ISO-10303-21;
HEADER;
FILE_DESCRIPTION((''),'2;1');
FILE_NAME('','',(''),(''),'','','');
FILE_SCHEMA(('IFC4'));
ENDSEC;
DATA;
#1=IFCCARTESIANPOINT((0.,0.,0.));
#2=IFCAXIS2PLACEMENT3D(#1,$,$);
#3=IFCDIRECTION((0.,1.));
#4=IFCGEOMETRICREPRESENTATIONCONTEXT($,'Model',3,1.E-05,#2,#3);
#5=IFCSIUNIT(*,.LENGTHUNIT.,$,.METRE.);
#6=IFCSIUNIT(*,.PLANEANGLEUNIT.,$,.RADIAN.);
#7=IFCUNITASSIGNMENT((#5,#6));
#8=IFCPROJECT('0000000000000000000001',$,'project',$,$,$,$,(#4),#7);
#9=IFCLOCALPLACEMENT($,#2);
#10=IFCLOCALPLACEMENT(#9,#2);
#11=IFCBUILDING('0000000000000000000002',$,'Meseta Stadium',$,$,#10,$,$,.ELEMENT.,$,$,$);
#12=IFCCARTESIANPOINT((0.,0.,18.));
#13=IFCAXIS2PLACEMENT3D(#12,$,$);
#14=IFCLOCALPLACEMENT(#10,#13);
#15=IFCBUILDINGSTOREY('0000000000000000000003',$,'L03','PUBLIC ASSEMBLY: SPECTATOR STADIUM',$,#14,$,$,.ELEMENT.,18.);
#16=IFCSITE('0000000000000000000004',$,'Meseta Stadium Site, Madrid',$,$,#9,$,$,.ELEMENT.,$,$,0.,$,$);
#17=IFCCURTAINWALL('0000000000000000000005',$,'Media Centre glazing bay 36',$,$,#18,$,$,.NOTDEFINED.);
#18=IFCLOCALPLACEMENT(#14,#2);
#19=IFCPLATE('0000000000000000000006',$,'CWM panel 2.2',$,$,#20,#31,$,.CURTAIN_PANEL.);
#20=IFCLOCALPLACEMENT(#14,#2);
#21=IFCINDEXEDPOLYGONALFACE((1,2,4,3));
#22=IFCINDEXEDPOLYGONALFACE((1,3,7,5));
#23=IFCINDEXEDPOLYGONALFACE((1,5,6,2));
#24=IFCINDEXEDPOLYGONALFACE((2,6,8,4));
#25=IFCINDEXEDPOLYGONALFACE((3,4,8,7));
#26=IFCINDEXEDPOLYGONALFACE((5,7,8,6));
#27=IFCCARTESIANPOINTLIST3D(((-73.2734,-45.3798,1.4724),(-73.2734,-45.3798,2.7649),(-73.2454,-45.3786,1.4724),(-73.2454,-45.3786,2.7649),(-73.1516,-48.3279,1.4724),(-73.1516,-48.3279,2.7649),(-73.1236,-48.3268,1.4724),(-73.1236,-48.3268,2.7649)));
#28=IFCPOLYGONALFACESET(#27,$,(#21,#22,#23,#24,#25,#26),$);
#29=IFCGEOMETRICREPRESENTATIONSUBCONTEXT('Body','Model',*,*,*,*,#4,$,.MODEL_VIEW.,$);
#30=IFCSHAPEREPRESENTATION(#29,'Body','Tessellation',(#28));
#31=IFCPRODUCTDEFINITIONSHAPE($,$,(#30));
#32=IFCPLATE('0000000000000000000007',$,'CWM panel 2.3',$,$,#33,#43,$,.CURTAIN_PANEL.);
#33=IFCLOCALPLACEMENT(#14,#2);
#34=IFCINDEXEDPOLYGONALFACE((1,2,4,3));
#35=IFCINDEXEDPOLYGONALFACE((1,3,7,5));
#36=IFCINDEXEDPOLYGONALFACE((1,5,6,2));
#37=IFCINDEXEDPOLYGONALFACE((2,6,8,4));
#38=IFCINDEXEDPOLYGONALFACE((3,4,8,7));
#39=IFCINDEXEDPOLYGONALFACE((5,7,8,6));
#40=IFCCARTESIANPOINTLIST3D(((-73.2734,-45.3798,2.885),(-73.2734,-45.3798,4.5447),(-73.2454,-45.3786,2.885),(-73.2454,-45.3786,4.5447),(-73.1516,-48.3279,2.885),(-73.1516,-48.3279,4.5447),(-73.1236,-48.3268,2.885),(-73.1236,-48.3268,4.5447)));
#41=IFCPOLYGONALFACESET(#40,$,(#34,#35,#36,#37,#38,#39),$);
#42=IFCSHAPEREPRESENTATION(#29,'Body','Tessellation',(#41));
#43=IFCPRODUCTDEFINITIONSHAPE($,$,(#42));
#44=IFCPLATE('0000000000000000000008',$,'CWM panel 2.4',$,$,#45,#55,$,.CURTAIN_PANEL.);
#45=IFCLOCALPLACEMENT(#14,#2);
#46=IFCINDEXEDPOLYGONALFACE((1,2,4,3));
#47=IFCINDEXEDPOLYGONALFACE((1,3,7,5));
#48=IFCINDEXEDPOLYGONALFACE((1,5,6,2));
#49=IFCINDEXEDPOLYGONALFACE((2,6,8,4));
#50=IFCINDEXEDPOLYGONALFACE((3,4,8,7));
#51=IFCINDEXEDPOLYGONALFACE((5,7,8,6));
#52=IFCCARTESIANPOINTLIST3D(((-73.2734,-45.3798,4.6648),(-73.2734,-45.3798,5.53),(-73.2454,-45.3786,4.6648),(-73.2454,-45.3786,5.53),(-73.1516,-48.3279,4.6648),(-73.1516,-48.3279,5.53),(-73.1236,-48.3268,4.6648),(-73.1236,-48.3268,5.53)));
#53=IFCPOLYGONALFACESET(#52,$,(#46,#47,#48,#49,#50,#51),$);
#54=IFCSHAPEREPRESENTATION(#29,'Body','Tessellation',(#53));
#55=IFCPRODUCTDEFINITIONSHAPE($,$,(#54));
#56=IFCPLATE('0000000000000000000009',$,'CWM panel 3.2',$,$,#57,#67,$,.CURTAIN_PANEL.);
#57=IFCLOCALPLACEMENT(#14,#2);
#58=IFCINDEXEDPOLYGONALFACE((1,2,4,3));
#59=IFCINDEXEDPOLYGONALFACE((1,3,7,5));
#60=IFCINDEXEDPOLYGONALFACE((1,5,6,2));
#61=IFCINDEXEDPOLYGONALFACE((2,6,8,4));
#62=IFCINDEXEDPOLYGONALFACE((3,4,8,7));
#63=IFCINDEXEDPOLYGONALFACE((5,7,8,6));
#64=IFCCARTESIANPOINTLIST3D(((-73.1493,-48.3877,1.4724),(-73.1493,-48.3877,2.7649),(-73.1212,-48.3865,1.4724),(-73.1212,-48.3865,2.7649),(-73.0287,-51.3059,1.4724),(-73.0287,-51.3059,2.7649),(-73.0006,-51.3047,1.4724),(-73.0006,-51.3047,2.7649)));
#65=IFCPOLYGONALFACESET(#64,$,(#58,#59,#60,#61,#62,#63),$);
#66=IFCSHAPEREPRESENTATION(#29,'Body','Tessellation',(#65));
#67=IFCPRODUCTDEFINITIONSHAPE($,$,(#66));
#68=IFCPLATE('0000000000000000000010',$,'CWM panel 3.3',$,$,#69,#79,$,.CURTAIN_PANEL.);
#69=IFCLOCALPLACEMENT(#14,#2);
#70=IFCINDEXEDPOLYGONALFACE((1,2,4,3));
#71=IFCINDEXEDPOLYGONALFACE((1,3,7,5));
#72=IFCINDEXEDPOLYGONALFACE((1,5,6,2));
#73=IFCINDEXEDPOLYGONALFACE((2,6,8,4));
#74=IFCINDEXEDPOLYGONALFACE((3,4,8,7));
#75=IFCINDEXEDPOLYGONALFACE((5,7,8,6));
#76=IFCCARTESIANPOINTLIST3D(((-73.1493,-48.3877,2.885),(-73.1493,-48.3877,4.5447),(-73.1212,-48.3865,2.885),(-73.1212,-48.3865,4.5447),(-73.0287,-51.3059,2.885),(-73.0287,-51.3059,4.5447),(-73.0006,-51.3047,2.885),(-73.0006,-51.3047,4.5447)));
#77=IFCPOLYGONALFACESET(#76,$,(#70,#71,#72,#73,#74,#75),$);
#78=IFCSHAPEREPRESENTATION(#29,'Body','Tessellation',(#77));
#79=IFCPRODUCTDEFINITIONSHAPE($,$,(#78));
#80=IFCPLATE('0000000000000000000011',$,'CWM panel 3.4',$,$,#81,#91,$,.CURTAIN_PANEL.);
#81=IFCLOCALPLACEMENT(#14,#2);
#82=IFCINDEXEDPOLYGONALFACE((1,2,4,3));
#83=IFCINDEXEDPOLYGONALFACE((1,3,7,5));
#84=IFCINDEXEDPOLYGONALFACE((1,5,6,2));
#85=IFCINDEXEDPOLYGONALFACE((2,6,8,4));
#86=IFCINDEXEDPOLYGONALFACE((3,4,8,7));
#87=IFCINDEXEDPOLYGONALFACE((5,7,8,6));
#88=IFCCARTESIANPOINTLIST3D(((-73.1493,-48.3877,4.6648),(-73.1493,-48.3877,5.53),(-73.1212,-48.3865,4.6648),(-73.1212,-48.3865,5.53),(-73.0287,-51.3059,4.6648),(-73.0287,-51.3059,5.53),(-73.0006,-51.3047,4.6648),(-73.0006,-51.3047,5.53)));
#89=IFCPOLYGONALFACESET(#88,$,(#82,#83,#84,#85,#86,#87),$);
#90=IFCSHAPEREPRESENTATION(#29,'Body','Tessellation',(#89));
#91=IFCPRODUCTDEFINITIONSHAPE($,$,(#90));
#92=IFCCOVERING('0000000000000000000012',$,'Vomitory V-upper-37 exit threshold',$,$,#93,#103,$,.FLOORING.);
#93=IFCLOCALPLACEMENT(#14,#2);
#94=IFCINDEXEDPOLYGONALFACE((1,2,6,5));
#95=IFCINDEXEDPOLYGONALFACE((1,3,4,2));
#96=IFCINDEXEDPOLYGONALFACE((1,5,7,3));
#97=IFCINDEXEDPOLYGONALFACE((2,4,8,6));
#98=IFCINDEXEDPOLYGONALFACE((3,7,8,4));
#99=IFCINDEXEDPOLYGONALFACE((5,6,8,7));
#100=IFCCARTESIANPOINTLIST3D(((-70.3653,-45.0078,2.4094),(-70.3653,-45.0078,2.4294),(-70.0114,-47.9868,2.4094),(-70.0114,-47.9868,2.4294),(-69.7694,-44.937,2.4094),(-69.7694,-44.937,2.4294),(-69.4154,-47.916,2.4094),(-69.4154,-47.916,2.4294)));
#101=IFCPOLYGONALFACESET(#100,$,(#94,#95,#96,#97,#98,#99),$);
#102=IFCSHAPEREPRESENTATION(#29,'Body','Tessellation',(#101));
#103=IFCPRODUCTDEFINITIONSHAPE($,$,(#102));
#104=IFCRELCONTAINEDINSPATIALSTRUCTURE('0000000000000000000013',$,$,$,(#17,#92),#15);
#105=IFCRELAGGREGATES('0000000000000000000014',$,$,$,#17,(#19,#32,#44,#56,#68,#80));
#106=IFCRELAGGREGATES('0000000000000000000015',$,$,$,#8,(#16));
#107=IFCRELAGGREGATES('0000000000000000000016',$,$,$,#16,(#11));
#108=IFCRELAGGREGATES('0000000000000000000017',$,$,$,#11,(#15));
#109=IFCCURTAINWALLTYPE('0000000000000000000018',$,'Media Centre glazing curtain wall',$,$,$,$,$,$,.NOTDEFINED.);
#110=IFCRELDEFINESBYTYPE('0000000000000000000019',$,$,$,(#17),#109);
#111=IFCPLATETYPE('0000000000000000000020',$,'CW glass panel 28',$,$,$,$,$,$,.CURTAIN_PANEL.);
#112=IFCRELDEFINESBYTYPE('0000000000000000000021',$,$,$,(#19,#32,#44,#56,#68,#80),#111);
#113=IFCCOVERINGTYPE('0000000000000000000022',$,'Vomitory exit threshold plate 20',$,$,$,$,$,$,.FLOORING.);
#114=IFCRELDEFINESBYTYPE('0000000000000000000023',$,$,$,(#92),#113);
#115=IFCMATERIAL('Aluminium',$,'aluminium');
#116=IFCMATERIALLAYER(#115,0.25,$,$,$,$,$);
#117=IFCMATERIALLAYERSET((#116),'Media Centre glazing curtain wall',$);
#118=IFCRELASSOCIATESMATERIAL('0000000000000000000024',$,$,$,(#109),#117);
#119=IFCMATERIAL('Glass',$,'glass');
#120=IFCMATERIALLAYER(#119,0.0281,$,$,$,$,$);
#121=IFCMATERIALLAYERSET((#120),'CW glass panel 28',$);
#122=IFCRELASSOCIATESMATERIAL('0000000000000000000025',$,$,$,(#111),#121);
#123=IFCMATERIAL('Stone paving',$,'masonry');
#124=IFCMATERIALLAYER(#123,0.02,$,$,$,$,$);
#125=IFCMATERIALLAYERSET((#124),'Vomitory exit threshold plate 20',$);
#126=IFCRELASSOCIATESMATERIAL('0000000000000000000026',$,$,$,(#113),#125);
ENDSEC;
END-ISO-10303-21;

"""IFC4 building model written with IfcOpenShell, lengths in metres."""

from ifc_helpers import new_model, si_unit, direction, frame, origin, origin_2d, place, context, subcontext, project, spatial, rectangle, extrude, material, layer, layer_set, type_object, element, aggregate, save


model = new_model("IFC4")

# Units and contexts
model_context = context("Model", 3, precision=1e-05, world=origin(), true_north=direction((0.0, 1.0)))
body_context = subcontext(model_context, "Body", "Model", "MODEL_VIEW")
ifc_project = project(units=[si_unit("LENGTHUNIT", "METRE"), si_unit("PLANEANGLEUNIT", "RADIAN")], contexts=[model_context])

# Site, building, storey
site_placement = place(None, origin())
site = spatial("IfcSite", under=ifc_project, at=site_placement, Name="Meseta Stadium Site, Madrid", CompositionType="ELEMENT", RefElevation=0.0)
building_placement = place(site_placement, origin())
building = spatial("IfcBuilding", under=site, at=building_placement, Name="Meseta Stadium", CompositionType="ELEMENT")
storey_placement = place(building_placement, frame((0.0, 0.0, 18.0)))
storey = spatial("IfcBuildingStorey", under=building, at=storey_placement, Name="L03", Description="PUBLIC ASSEMBLY: SPECTATOR STADIUM", CompositionType="ELEMENT", Elevation=18.0)

# Curtain wall, plates
ifc_material_1 = material(Name="Aluminium", Category="aluminium")
ifc_layer_1 = layer(ifc_material_1, 0.25)
ifc_layer_set_1 = layer_set([ifc_layer_1], Name="Media Centre glazing curtain wall")
curtain_wall_type = type_object("IfcCurtainWallType", Name="Media Centre glazing curtain wall", PredefinedType="NOTDEFINED", material=ifc_layer_set_1)
curtain_wall_placement = place(storey_placement, origin())
curtain_wall = element("IfcCurtainWall", 1, at=curtain_wall_placement, inside=storey, type_object=curtain_wall_type, Name="Media Centre glazing bay 36", PredefinedType="NOTDEFINED")
ifc_material_2 = material(Name="Glass", Category="glass")
ifc_layer_2 = layer(ifc_material_2, 0.0281)
ifc_layer_set_2 = layer_set([ifc_layer_2], Name="CW glass panel 28")
plate_type = type_object("IfcPlateType", Name="CW glass panel 28", PredefinedType="CURTAIN_PANEL", material=ifc_layer_set_2)
plate_1_placement = place(storey_placement, frame((-73.1985, -46.8533, 1.4724), z_axis=(0.0, 0.0, 1.0), x_axis=(0.041275, -0.999148, 0.0)))
plate_1 = element("IfcPlate", 2, at=plate_1_placement, type_object=plate_type, Name="CWM panel 2.2", PredefinedType="CURTAIN_PANEL", context=body_context, shape_type="SweptSolid", body=[
    extrude(rectangle(XDim=2.9507, YDim=0.0281, at=origin_2d()), origin(), (0.0, 0.0, 1.0), 1.2925),
])
plate_2_placement = place(storey_placement, frame((-73.1985, -46.8533, 2.885), z_axis=(0.0, 0.0, 1.0), x_axis=(0.041275, -0.999148, 0.0)))
plate_2 = element("IfcPlate", 3, at=plate_2_placement, type_object=plate_type, Name="CWM panel 2.3", PredefinedType="CURTAIN_PANEL", context=body_context, shape_type="SweptSolid", body=[
    extrude(rectangle(XDim=2.9507, YDim=0.0281, at=origin_2d()), origin(), (0.0, 0.0, 1.0), 1.6597),
])
plate_3_placement = place(storey_placement, frame((-73.1985, -46.8533, 4.6648), z_axis=(0.0, 0.0, 1.0), x_axis=(0.041275, -0.999148, 0.0)))
plate_3 = element("IfcPlate", 4, at=plate_3_placement, type_object=plate_type, Name="CWM panel 2.4", PredefinedType="CURTAIN_PANEL", context=body_context, shape_type="SweptSolid", body=[
    extrude(rectangle(XDim=2.9507, YDim=0.0281, at=origin_2d()), origin(), (0.0, 0.0, 1.0), 0.8652),
])
plate_4_placement = place(storey_placement, frame((-73.075, -49.8462, 1.4724), z_axis=(0.0, 0.0, 1.0), x_axis=(0.041275, -0.999148, 0.0)))
plate_4 = element("IfcPlate", 5, at=plate_4_placement, type_object=plate_type, Name="CWM panel 3.2", PredefinedType="CURTAIN_PANEL", context=body_context, shape_type="SweptSolid", body=[
    extrude(rectangle(XDim=2.9207, YDim=0.0281, at=origin_2d()), origin(), (0.0, 0.0, 1.0), 1.2925),
])
plate_5_placement = place(storey_placement, frame((-73.075, -49.8462, 2.885), z_axis=(0.0, 0.0, 1.0), x_axis=(0.041275, -0.999148, 0.0)))
plate_5 = element("IfcPlate", 6, at=plate_5_placement, type_object=plate_type, Name="CWM panel 3.3", PredefinedType="CURTAIN_PANEL", context=body_context, shape_type="SweptSolid", body=[
    extrude(rectangle(XDim=2.9207, YDim=0.0281, at=origin_2d()), origin(), (0.0, 0.0, 1.0), 1.6597),
])
plate_6_placement = place(storey_placement, frame((-73.075, -49.8462, 4.6648), z_axis=(0.0, 0.0, 1.0), x_axis=(0.041275, -0.999148, 0.0)))
plate_6 = element("IfcPlate", 7, at=plate_6_placement, type_object=plate_type, Name="CWM panel 3.4", PredefinedType="CURTAIN_PANEL", context=body_context, shape_type="SweptSolid", body=[
    extrude(rectangle(XDim=2.9207, YDim=0.0281, at=origin_2d()), origin(), (0.0, 0.0, 1.0), 0.8652),
])
aggregate(curtain_wall, [plate_1, plate_2, plate_3, plate_4, plate_5, plate_6])

# Covering
ifc_material_3 = material(Name="Stone paving", Category="masonry")
ifc_layer_3 = layer(ifc_material_3, 0.02)
ifc_layer_set_3 = layer_set([ifc_layer_3], Name="Vomitory exit threshold plate 20")
covering_type = type_object("IfcCoveringType", Name="Vomitory exit threshold plate 20", PredefinedType="FLOORING", material=ifc_layer_set_3)
covering_placement = place(storey_placement, frame((-69.8904, -46.4619, 2.4094), z_axis=(0.0, 0.0, 1.0), x_axis=(0.993015, 0.117988, 0.0)))
element("IfcCovering", 8, at=covering_placement, inside=storey, type_object=covering_type, Name="Vomitory V-upper-37 exit threshold", PredefinedType="FLOORING", context=body_context, shape_type="SweptSolid", body=[
    extrude(rectangle(XDim=0.6001, YDim=3.0, at=origin_2d()), origin(), (0.0, 0.0, 1.0), 0.02),
])

save(model, "model.ifc")
